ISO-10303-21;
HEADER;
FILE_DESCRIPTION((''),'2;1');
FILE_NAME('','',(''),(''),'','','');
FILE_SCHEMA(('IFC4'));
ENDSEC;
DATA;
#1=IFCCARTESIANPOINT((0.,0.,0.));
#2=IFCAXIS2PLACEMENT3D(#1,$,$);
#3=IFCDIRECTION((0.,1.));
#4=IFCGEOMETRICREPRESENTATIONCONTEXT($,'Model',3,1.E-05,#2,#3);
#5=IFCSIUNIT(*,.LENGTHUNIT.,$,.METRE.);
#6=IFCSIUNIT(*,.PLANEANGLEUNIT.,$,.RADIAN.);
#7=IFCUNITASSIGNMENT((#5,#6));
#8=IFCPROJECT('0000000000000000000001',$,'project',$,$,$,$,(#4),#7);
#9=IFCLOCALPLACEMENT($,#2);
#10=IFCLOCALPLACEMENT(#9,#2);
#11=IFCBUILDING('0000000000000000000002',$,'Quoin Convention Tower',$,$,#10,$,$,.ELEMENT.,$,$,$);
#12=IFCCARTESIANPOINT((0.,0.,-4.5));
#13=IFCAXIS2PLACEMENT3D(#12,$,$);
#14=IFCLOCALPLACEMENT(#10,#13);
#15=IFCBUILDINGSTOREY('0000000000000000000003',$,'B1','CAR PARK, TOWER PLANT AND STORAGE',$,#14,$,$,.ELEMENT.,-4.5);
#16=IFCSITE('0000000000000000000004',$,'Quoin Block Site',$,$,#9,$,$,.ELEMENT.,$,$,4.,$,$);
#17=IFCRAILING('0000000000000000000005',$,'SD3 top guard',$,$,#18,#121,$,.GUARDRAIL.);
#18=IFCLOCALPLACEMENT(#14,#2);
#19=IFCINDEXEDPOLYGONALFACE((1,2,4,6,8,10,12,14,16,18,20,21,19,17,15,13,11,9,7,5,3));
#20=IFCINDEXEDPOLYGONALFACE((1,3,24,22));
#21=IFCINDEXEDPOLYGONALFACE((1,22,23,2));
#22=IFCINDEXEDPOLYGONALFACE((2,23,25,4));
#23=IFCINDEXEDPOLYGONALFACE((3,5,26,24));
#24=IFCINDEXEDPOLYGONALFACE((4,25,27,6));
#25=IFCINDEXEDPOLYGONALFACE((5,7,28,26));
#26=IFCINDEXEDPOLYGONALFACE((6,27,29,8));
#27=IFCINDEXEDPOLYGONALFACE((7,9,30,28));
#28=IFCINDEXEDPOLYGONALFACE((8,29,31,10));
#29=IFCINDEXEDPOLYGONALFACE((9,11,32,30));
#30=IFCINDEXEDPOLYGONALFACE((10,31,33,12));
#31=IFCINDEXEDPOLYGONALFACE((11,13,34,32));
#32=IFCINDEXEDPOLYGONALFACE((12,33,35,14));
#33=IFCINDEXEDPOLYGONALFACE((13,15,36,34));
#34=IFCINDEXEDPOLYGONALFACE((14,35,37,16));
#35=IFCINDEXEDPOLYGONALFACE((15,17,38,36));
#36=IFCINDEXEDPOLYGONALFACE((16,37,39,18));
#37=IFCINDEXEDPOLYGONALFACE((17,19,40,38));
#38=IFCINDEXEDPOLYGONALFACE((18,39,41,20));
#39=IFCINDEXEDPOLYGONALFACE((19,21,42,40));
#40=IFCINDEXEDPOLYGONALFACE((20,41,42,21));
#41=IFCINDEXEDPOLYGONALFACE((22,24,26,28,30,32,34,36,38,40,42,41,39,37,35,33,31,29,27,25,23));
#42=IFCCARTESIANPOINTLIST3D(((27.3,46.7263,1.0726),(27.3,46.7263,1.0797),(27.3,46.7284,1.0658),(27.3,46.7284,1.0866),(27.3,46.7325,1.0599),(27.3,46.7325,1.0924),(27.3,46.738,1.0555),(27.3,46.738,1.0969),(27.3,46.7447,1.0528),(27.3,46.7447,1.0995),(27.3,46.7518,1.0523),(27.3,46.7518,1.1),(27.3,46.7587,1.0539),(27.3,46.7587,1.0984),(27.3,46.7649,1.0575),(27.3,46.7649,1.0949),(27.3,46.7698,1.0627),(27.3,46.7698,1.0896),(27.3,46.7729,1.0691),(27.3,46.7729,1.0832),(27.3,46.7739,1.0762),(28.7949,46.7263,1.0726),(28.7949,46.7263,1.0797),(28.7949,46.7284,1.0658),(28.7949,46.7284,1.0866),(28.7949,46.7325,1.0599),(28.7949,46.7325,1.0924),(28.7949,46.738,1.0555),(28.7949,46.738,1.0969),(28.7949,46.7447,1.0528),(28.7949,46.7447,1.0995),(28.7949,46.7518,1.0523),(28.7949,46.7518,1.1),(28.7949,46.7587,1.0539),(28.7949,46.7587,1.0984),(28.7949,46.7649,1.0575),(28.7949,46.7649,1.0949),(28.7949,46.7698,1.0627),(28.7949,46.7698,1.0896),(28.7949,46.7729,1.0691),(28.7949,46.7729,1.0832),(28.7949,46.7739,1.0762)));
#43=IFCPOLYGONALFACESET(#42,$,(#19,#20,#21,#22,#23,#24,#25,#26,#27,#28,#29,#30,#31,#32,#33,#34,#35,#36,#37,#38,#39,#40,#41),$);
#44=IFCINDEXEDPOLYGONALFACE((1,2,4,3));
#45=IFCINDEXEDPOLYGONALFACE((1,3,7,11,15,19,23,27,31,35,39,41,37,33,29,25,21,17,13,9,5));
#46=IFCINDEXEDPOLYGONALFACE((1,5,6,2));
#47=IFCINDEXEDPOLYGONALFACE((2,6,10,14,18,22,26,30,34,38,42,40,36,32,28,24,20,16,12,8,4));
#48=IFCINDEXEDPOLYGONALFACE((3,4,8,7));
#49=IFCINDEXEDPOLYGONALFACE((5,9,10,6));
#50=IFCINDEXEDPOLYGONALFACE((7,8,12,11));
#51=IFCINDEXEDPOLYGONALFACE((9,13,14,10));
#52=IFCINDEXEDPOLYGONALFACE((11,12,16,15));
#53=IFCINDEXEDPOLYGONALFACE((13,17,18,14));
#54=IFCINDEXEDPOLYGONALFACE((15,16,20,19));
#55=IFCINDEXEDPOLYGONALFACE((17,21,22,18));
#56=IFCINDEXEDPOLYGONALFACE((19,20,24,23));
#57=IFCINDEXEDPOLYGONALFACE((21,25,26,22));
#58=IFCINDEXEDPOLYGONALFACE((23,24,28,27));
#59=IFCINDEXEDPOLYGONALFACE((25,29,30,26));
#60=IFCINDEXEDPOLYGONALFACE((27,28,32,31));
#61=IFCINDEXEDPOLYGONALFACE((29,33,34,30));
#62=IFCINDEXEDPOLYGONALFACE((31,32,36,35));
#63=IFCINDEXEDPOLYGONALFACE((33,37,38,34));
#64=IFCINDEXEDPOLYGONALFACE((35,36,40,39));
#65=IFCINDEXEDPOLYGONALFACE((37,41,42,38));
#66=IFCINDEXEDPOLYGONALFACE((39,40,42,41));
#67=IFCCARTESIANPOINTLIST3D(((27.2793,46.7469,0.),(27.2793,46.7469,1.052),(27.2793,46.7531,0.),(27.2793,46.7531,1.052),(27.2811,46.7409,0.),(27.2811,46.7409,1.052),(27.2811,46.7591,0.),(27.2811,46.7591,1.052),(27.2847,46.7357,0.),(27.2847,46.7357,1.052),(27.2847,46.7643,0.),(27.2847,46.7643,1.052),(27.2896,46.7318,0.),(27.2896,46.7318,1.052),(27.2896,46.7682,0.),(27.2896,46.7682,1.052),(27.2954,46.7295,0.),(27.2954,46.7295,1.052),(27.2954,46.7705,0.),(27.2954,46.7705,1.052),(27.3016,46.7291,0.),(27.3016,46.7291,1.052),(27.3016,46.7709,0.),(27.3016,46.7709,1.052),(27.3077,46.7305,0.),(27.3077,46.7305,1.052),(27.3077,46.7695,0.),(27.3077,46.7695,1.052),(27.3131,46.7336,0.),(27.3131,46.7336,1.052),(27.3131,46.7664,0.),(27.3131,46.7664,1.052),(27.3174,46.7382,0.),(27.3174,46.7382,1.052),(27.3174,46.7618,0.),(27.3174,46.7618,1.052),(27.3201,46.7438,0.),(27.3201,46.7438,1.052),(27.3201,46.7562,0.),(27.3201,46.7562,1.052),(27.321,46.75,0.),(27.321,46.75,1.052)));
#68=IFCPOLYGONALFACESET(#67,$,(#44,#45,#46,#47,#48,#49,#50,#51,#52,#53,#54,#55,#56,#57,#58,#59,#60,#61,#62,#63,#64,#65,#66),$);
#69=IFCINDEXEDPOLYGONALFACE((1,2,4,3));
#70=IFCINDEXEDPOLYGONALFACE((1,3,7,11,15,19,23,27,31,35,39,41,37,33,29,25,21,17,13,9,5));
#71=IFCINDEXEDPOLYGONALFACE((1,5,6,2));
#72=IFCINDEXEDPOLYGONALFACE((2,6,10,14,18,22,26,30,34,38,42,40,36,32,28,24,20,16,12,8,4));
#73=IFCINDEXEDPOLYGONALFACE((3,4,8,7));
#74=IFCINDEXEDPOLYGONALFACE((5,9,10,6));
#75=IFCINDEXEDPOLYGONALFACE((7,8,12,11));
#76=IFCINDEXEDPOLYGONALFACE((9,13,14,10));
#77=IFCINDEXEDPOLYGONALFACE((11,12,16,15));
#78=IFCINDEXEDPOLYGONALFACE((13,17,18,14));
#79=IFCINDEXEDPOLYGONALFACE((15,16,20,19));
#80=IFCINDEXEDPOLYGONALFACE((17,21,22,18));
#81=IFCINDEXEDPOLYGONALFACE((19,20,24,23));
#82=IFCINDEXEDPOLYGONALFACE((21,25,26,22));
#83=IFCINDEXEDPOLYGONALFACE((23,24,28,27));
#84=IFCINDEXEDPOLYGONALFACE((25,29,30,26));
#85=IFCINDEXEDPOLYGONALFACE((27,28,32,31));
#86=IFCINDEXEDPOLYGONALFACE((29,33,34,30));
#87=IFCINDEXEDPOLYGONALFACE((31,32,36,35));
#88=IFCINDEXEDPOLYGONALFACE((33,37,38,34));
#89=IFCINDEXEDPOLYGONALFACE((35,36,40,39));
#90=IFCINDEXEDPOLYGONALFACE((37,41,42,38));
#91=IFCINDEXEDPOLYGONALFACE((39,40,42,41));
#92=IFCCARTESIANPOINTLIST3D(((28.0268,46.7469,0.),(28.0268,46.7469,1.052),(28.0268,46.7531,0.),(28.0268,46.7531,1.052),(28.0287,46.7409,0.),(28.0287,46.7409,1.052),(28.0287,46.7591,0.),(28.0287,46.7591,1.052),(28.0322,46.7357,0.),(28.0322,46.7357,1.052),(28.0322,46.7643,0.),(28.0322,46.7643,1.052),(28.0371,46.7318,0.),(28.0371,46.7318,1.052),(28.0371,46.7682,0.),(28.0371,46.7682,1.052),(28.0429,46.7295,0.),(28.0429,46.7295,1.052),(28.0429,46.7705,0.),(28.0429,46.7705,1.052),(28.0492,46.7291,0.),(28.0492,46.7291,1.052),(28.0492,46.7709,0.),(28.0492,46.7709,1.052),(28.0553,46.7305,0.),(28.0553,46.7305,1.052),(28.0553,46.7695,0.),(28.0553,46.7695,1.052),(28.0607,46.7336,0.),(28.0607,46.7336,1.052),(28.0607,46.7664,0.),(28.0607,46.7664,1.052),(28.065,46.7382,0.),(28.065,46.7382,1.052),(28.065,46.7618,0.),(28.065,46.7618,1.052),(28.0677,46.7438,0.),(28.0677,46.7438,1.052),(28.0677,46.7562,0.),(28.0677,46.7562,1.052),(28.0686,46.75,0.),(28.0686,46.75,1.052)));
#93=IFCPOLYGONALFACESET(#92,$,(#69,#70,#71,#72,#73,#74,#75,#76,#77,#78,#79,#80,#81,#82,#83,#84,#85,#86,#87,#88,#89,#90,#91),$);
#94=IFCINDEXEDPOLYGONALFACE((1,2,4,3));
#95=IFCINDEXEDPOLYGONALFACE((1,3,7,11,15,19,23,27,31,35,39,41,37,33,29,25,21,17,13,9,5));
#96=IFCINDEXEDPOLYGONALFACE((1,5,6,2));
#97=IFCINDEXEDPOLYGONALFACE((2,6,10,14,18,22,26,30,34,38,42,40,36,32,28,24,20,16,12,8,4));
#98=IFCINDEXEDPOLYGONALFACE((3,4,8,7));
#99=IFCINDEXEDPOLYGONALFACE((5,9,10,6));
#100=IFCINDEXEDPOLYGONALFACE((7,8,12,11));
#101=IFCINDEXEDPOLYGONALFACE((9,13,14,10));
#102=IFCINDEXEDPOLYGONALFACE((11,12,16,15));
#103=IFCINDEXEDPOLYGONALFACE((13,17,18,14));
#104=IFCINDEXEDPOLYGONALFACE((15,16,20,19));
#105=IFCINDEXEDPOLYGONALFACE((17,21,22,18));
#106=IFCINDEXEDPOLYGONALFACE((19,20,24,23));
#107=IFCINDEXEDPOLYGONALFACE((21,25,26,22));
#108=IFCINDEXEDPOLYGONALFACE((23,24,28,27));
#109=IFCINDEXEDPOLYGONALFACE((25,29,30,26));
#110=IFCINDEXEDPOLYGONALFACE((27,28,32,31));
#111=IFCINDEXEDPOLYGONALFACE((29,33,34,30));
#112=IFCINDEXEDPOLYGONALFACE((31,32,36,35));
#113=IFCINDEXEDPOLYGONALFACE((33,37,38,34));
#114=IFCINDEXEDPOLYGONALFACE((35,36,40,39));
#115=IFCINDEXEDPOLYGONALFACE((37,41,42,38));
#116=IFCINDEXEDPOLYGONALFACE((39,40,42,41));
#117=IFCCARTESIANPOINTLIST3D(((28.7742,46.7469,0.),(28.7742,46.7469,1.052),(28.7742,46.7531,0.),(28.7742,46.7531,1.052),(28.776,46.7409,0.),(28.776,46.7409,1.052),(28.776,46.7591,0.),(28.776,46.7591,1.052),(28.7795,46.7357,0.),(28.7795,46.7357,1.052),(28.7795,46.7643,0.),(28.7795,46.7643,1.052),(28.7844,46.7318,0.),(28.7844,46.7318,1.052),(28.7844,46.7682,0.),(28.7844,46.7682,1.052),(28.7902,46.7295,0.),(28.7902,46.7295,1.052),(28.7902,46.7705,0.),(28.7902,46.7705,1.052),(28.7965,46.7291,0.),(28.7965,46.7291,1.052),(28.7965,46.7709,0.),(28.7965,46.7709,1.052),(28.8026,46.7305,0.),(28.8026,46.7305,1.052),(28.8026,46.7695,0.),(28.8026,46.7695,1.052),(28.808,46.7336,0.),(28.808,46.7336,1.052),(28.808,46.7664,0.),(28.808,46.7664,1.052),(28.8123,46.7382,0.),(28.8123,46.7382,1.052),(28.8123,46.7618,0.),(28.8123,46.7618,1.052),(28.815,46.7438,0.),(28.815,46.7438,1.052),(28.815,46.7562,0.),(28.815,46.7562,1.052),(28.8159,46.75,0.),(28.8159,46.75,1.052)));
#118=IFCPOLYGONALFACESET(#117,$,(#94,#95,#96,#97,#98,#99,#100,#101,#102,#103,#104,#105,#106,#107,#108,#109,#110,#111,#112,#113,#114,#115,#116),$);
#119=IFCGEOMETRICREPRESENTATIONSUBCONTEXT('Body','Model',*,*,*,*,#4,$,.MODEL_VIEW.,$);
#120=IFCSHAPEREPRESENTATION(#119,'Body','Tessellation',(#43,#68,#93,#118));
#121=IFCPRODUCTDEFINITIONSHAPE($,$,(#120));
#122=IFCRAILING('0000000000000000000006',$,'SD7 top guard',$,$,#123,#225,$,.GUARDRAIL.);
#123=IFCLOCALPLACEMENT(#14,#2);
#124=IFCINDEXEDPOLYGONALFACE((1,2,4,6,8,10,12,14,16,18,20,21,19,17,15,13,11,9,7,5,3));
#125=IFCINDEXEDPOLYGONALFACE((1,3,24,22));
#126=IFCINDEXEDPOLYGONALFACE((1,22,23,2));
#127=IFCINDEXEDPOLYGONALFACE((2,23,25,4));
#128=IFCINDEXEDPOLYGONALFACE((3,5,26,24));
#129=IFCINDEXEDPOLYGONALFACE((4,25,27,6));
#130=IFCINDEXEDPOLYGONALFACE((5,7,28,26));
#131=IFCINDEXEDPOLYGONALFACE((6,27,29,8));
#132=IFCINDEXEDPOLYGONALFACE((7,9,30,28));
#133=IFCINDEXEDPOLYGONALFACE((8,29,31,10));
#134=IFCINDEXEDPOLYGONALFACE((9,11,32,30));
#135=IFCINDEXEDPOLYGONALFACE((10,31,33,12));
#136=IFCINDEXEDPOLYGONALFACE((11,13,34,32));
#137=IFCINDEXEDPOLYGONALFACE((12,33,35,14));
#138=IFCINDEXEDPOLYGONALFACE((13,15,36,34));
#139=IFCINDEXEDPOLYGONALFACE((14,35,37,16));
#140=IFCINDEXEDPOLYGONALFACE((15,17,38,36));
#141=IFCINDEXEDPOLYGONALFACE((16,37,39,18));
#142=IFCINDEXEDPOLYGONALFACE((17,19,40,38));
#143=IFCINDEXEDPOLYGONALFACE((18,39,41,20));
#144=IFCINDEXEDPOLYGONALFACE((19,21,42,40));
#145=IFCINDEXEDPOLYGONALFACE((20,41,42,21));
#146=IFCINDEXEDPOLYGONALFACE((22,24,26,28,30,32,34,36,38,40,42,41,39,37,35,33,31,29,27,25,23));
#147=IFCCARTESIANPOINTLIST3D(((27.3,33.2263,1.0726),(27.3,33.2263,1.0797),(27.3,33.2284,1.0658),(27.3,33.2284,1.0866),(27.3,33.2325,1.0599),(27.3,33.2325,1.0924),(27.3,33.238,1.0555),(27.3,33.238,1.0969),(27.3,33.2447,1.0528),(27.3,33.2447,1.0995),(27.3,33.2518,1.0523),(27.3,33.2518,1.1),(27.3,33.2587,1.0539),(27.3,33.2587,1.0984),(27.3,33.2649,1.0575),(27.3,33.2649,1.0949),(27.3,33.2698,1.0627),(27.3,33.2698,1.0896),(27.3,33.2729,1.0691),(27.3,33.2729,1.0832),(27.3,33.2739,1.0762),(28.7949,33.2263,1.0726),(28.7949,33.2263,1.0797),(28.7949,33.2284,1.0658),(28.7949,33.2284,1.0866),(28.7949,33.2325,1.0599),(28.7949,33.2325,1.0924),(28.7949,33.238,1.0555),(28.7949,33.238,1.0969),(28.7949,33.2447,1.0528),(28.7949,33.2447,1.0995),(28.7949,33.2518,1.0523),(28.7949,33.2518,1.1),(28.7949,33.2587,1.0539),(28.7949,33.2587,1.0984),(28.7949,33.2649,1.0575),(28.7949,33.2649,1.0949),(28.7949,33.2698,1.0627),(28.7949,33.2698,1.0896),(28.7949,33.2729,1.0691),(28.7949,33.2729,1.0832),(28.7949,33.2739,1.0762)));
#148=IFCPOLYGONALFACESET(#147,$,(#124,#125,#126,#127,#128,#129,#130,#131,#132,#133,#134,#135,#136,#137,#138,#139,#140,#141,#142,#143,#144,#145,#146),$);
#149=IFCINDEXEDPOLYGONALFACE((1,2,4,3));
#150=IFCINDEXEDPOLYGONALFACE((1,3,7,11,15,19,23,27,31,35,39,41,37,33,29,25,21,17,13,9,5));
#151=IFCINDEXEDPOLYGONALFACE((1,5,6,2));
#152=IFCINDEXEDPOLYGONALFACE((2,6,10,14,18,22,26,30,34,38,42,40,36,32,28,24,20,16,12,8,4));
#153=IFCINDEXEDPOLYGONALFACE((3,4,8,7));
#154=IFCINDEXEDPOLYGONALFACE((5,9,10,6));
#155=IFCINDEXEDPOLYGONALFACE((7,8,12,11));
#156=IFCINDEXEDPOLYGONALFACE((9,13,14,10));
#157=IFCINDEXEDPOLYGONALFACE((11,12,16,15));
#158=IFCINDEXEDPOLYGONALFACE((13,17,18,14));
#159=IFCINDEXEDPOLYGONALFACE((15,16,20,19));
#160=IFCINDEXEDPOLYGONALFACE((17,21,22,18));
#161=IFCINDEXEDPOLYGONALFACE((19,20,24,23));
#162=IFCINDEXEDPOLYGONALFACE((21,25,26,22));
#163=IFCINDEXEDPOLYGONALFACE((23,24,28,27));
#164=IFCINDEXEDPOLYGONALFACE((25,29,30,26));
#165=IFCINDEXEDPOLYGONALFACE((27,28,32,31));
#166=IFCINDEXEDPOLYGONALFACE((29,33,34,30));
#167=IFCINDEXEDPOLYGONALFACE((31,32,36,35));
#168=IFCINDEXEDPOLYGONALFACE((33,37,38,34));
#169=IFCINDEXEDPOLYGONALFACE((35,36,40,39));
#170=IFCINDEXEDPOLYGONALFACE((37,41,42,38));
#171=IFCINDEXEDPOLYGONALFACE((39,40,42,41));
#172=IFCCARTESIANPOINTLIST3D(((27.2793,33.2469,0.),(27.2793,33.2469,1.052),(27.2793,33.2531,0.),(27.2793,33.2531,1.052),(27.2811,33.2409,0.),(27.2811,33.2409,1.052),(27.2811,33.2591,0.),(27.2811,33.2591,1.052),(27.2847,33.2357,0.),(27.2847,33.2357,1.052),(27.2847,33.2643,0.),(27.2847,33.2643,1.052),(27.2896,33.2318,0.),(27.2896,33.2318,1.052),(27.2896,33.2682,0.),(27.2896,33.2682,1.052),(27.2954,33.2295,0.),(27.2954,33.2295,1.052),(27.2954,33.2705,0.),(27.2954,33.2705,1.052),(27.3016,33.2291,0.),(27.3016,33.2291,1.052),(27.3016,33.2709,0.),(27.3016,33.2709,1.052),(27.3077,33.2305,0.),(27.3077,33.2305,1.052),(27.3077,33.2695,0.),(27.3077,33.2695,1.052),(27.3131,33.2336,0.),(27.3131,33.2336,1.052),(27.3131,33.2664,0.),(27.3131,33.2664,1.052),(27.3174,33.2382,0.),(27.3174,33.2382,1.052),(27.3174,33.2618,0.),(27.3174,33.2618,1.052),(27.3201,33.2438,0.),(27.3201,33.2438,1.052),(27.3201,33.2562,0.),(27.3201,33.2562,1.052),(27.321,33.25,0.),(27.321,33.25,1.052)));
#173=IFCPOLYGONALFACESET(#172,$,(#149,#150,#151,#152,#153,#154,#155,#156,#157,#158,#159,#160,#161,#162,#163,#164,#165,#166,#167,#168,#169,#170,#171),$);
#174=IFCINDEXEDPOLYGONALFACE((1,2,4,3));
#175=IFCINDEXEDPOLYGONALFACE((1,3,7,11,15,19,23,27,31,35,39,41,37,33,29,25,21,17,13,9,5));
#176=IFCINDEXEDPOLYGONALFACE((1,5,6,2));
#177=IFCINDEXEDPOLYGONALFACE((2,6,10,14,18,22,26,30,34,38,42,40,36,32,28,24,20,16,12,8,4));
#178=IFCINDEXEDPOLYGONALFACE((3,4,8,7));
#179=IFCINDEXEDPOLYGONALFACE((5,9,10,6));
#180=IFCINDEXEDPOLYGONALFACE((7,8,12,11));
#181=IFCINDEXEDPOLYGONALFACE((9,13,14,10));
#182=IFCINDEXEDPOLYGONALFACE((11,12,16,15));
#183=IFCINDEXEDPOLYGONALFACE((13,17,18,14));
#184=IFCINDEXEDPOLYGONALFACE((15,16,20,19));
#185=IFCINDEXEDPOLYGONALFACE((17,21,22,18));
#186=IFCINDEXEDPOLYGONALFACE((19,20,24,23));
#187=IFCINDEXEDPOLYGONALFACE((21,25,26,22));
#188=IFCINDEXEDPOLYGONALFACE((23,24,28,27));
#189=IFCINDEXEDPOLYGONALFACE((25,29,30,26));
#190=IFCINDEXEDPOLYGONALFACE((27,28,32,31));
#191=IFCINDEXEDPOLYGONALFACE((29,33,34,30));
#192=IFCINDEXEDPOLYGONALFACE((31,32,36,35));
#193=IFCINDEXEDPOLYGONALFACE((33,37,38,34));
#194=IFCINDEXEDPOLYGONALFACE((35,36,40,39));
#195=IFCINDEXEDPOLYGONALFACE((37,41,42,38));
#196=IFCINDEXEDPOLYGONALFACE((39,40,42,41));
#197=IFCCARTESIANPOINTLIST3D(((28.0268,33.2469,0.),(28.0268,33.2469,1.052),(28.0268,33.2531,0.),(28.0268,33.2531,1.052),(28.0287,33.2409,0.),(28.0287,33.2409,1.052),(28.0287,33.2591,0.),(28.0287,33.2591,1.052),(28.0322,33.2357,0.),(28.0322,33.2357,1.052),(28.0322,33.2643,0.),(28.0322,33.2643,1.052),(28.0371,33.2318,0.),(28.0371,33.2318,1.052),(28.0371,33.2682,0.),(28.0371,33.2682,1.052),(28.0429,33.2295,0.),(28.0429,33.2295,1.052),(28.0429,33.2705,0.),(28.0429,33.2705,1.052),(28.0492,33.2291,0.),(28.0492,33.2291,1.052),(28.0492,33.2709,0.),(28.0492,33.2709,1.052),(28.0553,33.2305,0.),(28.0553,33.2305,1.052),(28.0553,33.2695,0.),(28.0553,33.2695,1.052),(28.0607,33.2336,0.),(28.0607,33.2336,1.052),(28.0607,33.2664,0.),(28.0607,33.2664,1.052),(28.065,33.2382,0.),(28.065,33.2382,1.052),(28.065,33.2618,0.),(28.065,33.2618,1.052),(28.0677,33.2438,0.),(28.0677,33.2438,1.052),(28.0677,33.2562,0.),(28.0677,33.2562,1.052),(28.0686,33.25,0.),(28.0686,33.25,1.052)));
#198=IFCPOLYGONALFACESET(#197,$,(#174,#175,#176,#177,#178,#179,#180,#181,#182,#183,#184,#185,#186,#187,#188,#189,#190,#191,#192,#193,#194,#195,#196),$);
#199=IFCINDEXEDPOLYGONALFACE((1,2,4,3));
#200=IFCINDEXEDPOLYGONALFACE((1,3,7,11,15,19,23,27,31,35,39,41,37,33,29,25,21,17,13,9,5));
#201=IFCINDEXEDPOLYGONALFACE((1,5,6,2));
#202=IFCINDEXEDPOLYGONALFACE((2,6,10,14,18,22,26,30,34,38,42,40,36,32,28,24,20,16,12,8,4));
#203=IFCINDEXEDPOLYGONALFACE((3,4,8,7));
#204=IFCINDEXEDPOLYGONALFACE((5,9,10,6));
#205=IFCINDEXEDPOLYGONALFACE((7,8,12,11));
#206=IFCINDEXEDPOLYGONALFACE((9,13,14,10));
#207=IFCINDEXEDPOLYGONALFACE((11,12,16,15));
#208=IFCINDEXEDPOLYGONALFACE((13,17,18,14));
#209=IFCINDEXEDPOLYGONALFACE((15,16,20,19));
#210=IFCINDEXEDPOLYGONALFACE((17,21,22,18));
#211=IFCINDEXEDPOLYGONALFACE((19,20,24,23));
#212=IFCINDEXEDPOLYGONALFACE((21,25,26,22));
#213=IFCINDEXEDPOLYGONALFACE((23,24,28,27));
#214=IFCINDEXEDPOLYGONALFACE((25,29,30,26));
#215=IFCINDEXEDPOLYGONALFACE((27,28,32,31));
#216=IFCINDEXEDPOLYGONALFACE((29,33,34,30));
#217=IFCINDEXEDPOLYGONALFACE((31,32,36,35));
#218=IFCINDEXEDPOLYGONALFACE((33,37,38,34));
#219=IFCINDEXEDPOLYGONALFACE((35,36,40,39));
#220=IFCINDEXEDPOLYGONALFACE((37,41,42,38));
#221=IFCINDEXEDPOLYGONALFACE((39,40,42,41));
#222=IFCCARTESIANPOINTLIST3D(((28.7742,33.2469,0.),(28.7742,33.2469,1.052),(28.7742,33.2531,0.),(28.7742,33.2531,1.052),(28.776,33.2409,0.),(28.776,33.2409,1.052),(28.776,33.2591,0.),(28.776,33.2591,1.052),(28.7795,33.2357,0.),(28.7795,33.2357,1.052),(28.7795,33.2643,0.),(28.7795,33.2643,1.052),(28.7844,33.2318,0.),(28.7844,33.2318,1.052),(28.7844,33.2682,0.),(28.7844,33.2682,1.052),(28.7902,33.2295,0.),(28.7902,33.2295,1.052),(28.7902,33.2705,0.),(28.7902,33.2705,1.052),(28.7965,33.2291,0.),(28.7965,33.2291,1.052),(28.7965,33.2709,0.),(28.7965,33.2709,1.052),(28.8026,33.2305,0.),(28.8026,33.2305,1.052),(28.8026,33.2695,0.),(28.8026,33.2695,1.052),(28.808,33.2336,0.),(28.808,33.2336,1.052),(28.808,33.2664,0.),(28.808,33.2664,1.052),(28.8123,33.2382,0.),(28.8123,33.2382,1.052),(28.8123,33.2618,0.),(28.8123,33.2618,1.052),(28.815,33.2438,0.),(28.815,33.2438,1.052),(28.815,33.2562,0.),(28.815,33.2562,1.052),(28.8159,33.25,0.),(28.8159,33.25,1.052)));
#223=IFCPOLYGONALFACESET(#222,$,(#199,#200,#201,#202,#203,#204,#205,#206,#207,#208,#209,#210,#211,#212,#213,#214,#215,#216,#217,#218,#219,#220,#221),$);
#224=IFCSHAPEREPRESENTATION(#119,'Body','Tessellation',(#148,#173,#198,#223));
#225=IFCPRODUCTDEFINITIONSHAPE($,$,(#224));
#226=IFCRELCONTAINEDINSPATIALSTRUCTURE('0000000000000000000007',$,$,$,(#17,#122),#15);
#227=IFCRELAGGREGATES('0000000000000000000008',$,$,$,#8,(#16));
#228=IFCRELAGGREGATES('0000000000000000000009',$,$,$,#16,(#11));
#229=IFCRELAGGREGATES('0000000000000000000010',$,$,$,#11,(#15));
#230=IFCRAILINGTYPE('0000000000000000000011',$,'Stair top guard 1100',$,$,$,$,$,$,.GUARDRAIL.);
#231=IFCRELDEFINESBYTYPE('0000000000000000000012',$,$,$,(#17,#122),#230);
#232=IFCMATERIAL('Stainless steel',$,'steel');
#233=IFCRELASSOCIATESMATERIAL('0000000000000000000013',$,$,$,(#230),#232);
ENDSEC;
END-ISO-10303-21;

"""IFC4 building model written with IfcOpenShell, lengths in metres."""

from ifc_helpers import new_model, si_unit, direction, frame, origin, origin_2d, place, context, subcontext, project, spatial, circle, extrude, material, type_object, element, save


model = new_model("IFC4")

# Units and contexts
model_context = context("Model", 3, precision=1e-05, world=origin(), true_north=direction((0.0, 1.0)))
body_context = subcontext(model_context, "Body", "Model", "MODEL_VIEW")
ifc_project = project(units=[si_unit("LENGTHUNIT", "METRE"), si_unit("PLANEANGLEUNIT", "RADIAN")], contexts=[model_context])

# Site, building, storey
site_placement = place(None, origin())
site = spatial("IfcSite", under=ifc_project, at=site_placement, Name="Quoin Block Site", CompositionType="ELEMENT", RefElevation=4.0)
building_placement = place(site_placement, origin())
building = spatial("IfcBuilding", under=site, at=building_placement, Name="Quoin Convention Tower", CompositionType="ELEMENT")
storey_placement = place(building_placement, frame((0.0, 0.0, -4.5)))
storey = spatial("IfcBuildingStorey", under=building, at=storey_placement, Name="B1", Description="CAR PARK, TOWER PLANT AND STORAGE", CompositionType="ELEMENT", Elevation=-4.5)

# Railings
ifc_material_1 = material(Name="Stainless steel", Category="steel")
railing_type = type_object("IfcRailingType", Name="Stair top guard 1100", PredefinedType="GUARDRAIL", material=ifc_material_1)
for number, where, name in (
    (1, (27.3, 46.75, 0.0), "SD3 top guard"),
    (2, (27.3, 33.25, 0.0), "SD7 top guard"),
):
    element("IfcRailing", number, at=place(storey_placement, frame(where)), inside=storey, type_object=railing_type, Name=name, PredefinedType="GUARDRAIL", context=body_context, shape_type="SweptSolid", body=[
        extrude(circle(Radius=0.0239, at=origin_2d()), frame((0.0, 0.0, 1.0762), z_axis=(1.0, 0.0, 0.0), x_axis=(0.0, 1.0, 0.0)), (0.0, 0.0, 1.0), 1.4949),
        extrude(circle(Radius=0.021, at=origin_2d()), origin(), (0.0, 0.0, 1.0), 1.052),
        extrude(circle(Radius=0.021, at=origin_2d()), frame((0.7476, 0.0, 0.0)), (0.0, 0.0, 1.0), 1.052),
        extrude(circle(Radius=0.021, at=origin_2d()), frame((1.4949, 0.0, 0.0)), (0.0, 0.0, 1.0), 1.052),
    ])

save(model, "model.ifc")
